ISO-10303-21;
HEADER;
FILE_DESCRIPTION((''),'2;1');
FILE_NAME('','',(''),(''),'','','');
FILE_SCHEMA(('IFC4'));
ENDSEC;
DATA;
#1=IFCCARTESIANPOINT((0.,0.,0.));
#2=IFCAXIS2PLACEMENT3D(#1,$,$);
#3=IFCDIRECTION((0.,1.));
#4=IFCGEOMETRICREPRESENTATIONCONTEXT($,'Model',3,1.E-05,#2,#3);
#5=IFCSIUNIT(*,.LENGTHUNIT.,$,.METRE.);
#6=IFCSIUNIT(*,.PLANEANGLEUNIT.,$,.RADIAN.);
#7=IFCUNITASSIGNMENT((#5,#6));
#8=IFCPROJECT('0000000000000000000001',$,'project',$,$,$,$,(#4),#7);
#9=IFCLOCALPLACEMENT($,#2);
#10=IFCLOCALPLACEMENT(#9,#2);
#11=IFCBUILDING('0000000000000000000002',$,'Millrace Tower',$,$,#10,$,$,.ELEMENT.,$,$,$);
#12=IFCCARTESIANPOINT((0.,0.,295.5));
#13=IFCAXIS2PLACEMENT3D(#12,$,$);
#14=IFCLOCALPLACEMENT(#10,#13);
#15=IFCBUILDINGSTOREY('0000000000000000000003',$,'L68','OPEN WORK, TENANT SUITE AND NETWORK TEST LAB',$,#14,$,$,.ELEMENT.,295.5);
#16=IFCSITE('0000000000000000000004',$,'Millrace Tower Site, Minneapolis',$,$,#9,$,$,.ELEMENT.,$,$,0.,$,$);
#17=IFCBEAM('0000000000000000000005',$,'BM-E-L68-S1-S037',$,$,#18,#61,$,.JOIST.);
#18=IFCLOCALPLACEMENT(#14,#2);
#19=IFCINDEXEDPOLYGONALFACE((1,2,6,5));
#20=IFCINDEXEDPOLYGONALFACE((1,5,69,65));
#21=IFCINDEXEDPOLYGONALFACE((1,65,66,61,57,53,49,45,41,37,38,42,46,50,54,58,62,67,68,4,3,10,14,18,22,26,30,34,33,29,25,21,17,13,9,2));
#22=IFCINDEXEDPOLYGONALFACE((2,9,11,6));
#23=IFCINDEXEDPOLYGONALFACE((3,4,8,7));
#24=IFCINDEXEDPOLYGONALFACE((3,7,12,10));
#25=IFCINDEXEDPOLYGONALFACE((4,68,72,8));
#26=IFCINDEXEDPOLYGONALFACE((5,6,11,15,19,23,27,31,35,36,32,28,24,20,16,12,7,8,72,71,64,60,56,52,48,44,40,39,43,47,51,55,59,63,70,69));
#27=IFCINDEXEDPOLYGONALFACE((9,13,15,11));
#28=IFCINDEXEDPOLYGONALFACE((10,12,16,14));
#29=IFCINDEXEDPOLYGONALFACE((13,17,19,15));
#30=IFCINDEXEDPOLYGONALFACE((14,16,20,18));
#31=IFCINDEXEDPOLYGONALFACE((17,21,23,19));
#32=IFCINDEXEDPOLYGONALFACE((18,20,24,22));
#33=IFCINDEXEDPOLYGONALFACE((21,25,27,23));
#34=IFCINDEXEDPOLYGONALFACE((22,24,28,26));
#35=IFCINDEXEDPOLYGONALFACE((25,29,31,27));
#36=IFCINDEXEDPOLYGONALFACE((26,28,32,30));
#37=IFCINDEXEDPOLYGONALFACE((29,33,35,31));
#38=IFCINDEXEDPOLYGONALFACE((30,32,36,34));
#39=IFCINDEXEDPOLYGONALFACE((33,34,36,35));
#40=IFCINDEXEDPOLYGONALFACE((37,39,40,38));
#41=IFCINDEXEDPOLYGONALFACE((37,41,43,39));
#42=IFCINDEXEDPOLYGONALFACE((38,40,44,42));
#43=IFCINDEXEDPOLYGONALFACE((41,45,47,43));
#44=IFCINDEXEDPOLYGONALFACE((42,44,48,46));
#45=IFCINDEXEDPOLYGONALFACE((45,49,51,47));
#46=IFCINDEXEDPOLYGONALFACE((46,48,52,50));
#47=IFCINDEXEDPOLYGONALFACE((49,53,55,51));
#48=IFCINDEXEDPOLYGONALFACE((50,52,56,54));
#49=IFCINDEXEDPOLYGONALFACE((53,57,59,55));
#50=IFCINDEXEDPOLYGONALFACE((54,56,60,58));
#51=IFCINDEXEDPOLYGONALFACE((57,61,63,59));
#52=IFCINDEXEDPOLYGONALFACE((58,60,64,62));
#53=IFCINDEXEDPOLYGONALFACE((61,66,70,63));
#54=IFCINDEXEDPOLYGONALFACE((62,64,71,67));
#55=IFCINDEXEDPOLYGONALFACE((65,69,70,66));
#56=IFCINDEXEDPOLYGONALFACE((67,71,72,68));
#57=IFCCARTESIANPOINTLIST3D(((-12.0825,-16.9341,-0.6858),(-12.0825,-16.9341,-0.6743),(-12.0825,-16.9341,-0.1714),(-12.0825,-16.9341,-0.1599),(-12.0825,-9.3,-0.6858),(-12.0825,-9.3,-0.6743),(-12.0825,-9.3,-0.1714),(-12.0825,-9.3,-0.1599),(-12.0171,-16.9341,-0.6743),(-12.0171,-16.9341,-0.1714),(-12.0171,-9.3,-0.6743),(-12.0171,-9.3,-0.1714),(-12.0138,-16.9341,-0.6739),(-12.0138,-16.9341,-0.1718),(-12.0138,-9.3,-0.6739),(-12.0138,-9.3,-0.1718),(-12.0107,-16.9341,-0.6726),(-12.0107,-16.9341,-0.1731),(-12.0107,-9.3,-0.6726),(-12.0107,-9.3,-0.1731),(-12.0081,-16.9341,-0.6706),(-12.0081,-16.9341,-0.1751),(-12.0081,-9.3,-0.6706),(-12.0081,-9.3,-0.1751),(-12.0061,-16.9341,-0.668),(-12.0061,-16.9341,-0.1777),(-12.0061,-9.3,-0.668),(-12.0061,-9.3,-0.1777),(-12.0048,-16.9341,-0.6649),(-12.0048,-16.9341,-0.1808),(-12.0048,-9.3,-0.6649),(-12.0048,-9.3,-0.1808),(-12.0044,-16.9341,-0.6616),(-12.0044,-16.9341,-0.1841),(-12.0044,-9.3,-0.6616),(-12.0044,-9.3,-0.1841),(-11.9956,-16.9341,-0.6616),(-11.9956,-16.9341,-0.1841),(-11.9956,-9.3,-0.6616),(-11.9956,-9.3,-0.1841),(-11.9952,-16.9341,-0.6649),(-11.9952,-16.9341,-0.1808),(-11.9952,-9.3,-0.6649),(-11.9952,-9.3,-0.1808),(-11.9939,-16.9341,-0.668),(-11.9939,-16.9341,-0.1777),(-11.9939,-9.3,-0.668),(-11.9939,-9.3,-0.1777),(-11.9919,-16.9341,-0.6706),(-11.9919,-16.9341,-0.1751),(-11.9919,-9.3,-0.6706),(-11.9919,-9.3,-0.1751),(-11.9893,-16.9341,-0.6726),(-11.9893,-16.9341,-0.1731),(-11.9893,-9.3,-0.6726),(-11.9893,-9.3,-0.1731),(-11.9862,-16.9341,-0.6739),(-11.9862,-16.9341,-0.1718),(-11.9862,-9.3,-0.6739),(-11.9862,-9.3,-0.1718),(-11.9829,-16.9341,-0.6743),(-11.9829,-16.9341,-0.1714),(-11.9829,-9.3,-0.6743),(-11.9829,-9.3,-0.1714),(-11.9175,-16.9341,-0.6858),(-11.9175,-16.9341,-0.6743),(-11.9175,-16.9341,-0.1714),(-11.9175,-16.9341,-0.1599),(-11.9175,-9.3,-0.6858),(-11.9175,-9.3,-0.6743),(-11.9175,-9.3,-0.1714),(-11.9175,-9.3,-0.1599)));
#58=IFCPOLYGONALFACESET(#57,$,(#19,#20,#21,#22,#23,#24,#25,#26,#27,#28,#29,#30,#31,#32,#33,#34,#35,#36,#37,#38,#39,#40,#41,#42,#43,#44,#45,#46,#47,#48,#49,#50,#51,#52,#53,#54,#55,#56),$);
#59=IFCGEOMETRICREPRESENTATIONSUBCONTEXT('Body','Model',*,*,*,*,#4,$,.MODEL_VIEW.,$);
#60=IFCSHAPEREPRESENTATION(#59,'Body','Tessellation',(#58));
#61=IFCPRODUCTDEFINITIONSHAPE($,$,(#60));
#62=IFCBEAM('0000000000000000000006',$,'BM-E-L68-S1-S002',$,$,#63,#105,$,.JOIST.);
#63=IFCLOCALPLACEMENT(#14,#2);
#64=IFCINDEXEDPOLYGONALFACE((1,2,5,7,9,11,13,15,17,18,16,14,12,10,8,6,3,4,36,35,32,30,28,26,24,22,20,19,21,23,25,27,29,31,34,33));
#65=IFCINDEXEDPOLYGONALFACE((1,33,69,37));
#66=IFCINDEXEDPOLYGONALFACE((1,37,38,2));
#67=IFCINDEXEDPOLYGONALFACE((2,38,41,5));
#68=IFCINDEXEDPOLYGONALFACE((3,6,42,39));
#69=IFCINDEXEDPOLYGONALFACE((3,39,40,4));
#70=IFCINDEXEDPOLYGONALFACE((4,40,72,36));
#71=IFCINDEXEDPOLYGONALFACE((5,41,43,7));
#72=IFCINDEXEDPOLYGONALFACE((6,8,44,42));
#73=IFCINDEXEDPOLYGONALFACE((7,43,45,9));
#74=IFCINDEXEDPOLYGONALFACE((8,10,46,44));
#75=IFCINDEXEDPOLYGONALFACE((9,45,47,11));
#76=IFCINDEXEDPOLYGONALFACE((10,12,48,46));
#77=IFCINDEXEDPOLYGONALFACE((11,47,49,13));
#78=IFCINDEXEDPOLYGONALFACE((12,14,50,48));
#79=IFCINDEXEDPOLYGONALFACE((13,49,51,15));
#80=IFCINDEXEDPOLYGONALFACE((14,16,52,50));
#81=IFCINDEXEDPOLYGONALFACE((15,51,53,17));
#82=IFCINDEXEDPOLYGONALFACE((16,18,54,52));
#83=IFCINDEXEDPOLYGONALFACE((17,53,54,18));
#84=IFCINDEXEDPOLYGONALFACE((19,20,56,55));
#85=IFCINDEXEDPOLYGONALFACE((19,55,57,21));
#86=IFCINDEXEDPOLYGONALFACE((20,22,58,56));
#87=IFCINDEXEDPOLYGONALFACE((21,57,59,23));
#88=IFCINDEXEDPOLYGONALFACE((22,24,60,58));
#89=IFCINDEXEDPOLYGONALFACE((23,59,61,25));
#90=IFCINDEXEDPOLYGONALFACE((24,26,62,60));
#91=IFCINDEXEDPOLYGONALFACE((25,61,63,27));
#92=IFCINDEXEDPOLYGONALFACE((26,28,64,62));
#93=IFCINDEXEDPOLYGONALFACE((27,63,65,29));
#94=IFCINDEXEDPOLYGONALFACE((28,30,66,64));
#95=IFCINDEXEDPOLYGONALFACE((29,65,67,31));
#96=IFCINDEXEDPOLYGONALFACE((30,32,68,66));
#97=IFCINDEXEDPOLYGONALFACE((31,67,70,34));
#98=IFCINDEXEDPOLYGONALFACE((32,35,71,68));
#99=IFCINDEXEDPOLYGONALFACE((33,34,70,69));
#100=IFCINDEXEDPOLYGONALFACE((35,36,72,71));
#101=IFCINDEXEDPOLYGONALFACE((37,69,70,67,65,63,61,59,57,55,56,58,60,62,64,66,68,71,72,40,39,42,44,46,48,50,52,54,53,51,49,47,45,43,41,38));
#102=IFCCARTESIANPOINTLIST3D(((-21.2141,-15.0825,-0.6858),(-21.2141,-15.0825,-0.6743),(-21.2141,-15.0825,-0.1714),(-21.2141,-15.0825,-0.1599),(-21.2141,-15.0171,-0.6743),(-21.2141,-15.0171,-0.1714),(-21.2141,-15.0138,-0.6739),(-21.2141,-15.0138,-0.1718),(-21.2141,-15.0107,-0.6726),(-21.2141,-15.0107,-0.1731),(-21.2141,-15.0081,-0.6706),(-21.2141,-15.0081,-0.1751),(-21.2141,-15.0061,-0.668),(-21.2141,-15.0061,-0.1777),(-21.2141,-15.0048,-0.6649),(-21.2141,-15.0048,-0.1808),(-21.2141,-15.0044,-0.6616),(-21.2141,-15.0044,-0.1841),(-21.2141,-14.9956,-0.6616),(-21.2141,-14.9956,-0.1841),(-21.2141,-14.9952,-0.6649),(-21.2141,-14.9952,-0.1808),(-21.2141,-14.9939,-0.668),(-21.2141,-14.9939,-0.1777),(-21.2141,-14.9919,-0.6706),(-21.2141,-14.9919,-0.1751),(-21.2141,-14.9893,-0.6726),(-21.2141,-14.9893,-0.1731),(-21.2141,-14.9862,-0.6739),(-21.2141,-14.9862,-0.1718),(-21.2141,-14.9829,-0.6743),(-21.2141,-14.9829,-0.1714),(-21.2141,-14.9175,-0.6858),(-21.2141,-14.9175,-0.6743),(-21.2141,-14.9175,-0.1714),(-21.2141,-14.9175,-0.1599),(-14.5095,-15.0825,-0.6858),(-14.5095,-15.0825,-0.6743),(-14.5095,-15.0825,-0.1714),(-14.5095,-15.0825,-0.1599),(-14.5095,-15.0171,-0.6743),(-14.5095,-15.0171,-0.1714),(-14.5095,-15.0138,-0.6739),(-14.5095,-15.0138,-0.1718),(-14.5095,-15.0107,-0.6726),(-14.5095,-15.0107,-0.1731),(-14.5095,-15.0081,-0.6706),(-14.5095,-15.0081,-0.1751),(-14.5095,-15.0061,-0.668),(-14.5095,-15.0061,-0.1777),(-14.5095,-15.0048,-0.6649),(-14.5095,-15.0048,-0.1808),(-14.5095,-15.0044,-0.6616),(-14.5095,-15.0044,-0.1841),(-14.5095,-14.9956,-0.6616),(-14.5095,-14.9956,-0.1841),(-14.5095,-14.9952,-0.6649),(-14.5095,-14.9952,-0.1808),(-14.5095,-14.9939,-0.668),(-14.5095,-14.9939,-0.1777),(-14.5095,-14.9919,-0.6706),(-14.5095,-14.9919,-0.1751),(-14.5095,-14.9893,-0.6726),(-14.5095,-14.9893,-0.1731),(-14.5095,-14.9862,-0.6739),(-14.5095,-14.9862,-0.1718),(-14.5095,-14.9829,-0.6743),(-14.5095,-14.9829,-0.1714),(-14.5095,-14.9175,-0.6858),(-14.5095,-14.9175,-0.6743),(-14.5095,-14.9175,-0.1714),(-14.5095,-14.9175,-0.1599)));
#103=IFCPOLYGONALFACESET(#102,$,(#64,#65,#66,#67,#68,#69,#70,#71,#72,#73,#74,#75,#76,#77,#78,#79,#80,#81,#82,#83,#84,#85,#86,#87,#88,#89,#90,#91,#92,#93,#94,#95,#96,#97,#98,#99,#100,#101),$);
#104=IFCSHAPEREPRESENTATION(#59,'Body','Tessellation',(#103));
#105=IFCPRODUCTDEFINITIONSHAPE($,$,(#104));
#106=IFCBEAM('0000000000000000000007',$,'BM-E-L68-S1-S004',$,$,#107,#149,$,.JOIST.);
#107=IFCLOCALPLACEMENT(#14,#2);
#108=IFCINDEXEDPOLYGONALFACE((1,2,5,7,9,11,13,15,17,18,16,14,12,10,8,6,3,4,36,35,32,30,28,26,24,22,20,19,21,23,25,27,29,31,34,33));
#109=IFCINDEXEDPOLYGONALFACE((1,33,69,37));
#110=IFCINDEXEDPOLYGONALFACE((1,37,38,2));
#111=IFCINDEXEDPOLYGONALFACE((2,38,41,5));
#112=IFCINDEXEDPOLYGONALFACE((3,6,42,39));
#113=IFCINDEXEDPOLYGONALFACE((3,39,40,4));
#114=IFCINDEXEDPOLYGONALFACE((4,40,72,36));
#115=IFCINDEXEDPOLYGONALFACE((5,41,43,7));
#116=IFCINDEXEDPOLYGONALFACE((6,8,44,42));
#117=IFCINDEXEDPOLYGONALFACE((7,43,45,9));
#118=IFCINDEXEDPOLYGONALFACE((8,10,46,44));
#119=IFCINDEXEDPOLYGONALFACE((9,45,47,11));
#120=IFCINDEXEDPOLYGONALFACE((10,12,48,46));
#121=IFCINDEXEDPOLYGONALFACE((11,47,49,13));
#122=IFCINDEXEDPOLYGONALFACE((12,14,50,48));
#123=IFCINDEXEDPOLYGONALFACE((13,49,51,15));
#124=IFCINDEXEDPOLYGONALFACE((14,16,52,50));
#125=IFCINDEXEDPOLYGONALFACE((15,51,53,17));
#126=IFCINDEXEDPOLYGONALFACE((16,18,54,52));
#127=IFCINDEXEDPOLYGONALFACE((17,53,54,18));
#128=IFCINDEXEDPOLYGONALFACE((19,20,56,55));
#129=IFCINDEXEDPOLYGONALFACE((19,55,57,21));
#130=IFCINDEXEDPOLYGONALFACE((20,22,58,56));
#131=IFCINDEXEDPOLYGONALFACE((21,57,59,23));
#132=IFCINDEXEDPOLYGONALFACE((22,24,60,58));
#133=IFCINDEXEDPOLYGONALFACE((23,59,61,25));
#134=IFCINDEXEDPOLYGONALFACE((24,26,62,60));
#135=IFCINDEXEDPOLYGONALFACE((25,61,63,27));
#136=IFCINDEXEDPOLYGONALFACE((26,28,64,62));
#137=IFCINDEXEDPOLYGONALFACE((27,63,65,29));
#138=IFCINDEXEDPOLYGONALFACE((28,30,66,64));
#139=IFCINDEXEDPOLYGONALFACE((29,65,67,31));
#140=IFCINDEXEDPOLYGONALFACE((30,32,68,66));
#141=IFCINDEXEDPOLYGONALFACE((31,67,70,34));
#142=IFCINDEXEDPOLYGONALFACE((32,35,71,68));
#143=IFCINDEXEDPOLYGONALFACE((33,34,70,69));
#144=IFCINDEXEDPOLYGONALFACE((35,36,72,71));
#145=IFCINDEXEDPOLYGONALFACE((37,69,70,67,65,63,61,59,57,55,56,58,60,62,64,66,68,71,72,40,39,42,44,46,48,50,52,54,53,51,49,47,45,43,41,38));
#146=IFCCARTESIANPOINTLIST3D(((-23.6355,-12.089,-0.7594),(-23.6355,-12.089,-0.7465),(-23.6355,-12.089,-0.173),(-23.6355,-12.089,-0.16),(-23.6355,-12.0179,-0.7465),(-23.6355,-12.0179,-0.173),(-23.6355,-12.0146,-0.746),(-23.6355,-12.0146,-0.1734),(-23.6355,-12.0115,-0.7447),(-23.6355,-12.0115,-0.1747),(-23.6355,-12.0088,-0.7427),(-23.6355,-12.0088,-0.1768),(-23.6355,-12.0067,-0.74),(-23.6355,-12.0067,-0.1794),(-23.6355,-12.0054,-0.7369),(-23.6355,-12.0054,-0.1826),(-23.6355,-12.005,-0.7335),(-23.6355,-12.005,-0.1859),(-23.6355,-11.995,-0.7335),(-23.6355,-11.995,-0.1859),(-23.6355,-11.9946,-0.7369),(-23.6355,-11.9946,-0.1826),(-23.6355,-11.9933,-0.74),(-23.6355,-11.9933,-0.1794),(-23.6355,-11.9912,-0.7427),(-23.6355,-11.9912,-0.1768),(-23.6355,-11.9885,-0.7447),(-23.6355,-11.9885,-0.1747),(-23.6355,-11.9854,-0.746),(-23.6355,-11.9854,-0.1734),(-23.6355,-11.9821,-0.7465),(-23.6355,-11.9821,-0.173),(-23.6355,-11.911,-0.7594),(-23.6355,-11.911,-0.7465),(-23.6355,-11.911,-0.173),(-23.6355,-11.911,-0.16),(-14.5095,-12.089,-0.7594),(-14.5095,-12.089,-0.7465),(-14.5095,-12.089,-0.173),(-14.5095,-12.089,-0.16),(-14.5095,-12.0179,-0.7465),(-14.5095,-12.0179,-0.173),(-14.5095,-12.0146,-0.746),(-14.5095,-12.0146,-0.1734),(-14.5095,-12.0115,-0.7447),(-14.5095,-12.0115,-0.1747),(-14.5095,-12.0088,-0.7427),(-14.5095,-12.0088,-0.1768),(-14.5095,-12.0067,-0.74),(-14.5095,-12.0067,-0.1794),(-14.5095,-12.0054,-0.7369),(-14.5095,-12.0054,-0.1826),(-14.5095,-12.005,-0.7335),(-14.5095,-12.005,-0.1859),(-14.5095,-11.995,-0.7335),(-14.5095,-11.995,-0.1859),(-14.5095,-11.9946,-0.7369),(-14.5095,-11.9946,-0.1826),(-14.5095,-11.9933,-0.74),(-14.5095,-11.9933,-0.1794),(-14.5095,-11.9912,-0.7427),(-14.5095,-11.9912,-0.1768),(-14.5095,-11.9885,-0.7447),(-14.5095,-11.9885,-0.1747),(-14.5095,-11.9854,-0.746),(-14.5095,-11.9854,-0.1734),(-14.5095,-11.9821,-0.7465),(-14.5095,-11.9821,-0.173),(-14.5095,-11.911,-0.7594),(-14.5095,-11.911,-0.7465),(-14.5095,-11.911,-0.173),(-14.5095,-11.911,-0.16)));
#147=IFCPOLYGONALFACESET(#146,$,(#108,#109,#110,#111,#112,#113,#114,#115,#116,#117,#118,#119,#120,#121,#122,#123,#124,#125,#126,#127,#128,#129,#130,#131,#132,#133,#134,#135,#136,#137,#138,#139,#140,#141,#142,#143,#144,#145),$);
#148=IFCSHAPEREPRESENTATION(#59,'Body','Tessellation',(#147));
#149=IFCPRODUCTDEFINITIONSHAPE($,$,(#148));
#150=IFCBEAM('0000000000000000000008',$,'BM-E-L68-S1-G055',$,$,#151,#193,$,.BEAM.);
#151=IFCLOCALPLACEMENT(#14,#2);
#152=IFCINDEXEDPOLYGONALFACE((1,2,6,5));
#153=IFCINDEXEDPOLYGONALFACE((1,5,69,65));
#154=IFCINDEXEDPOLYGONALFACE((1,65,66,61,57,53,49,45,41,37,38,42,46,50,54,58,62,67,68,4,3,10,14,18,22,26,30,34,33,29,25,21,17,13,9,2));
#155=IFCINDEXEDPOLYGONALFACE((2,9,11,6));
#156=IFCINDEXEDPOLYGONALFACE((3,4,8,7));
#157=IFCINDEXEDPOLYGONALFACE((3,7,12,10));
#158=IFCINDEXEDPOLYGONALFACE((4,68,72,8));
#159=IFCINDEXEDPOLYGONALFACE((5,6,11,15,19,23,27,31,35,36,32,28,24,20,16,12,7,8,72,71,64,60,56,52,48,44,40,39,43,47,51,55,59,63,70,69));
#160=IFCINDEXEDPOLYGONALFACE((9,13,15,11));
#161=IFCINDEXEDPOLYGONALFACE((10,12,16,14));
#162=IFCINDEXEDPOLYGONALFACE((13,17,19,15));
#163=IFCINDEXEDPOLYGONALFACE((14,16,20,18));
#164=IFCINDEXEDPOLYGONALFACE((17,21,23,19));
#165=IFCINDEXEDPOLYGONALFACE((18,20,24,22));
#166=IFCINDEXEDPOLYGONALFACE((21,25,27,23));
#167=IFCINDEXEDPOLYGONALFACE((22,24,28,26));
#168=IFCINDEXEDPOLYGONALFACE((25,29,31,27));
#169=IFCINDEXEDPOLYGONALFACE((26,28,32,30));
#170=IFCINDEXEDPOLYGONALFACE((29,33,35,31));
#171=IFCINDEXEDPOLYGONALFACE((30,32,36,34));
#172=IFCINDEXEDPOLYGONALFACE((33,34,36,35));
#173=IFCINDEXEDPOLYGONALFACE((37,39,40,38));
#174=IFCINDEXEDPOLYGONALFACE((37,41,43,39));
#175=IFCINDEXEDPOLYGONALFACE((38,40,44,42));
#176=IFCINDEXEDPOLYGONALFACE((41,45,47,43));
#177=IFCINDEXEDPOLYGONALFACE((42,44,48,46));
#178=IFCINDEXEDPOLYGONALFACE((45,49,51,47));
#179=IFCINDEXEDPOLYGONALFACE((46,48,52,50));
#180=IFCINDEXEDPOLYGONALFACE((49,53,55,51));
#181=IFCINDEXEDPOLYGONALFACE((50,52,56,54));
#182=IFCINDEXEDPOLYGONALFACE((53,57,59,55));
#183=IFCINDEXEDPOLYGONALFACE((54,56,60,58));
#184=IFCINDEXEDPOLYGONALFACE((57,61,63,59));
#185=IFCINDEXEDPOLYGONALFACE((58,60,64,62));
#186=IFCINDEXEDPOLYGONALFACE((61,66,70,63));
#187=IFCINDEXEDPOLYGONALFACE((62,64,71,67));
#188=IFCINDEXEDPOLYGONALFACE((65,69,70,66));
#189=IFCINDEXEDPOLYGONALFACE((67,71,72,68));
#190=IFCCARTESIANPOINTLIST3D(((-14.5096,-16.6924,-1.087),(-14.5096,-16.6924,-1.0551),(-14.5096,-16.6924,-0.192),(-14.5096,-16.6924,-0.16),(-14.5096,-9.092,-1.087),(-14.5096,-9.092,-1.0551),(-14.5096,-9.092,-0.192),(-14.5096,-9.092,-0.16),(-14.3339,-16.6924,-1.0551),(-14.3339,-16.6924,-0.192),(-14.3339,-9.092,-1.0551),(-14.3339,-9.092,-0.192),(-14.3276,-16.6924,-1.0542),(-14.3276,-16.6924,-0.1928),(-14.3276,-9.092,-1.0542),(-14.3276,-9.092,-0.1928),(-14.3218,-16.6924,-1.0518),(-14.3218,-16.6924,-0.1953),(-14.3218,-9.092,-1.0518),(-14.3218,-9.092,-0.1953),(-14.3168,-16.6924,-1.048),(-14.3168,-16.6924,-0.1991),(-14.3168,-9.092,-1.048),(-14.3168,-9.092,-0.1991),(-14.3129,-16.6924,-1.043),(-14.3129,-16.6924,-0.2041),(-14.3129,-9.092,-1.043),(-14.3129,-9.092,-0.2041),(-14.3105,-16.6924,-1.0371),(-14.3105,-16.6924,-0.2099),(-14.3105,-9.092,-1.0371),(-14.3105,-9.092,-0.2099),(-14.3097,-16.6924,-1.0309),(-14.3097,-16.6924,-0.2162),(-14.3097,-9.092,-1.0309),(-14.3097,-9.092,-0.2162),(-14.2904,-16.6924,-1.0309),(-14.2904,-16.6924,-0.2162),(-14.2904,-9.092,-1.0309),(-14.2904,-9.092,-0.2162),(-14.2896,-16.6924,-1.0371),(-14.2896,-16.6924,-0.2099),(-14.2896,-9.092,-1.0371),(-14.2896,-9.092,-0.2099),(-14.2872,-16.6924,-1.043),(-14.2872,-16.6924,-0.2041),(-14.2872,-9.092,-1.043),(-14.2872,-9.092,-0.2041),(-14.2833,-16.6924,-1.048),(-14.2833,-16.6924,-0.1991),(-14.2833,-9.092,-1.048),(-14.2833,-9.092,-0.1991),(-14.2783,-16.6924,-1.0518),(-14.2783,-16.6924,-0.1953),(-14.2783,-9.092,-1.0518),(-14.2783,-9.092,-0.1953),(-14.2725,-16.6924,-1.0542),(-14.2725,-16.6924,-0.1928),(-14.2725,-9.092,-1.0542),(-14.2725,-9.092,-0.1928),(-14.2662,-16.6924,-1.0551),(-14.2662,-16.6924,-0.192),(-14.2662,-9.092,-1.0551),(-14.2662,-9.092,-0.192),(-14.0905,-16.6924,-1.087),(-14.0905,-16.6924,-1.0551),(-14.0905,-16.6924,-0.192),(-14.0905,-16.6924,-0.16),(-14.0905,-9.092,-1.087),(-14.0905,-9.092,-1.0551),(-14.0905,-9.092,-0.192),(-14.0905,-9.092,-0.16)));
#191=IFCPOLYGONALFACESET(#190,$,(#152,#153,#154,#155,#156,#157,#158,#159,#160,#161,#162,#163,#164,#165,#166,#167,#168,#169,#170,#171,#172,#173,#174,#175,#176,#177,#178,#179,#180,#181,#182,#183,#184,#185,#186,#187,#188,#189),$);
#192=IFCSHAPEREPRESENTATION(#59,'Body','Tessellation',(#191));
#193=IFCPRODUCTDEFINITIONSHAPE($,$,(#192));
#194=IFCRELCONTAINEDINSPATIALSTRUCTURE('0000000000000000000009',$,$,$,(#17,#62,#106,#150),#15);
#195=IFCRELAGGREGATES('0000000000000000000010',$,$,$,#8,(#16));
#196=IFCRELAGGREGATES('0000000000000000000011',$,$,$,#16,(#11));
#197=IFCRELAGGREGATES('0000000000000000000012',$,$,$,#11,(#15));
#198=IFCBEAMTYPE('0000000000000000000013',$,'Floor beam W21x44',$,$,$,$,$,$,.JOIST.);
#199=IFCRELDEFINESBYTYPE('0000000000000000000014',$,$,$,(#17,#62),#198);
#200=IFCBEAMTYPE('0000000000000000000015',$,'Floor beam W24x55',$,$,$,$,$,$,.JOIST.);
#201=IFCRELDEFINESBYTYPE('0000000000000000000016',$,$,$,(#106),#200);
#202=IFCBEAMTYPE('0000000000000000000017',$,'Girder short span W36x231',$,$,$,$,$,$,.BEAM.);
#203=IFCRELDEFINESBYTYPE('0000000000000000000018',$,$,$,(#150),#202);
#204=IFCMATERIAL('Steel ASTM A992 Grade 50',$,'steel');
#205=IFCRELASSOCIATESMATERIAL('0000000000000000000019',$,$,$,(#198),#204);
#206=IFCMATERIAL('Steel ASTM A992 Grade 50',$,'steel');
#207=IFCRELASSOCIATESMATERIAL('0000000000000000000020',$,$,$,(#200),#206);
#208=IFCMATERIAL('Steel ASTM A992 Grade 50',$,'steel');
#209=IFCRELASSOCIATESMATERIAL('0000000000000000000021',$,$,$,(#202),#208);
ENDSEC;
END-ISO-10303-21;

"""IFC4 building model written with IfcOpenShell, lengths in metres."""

from ifc_helpers import new_model, si_unit, direction, frame, origin, origin_2d, place, context, subcontext, project, spatial, i_section, extrude, material, material_profile, profile_set, type_object, element, save


model = new_model("IFC4")

# Units and contexts
model_context = context("Model", 3, precision=1e-05, world=origin(), true_north=direction((0.0, 1.0)))
body_context = subcontext(model_context, "Body", "Model", "MODEL_VIEW")
ifc_project = project(units=[si_unit("LENGTHUNIT", "METRE"), si_unit("PLANEANGLEUNIT", "RADIAN")], contexts=[model_context])

# Site, building, storey
site_placement = place(None, origin())
site = spatial("IfcSite", under=ifc_project, at=site_placement, Name="Millrace Tower Site, Minneapolis", CompositionType="ELEMENT", RefElevation=0.0)
building_placement = place(site_placement, origin())
building = spatial("IfcBuilding", under=site, at=building_placement, Name="Millrace Tower", CompositionType="ELEMENT")
storey_placement = place(building_placement, frame((0.0, 0.0, 295.5)))
storey = spatial("IfcBuildingStorey", under=building, at=storey_placement, Name="L68", Description="OPEN WORK, TENANT SUITE AND NETWORK TEST LAB", CompositionType="ELEMENT", Elevation=295.5)

# Beams
ifc_material_1 = material(Name="Steel ASTM A992 Grade 50", Category="steel")
ifc_material_profile_1 = material_profile(ifc_material_1, i_section(OverallWidth=0.165, OverallDepth=0.5259, WebThickness=0.0088, FlangeThickness=0.0115, FilletRadius=0.0127, at=origin_2d()))
ifc_profile_set_1 = profile_set([ifc_material_profile_1], Name="Steel ASTM A992 Grade 50")
beam_type_1 = type_object("IfcBeamType", Name="Floor beam W21x44", PredefinedType="JOIST", material=ifc_profile_set_1)
beam_1_placement = place(storey_placement, frame((-12.0, -16.9341, -0.4229), z_axis=(0.0, 1.0, 0.0), x_axis=(-1.0, 0.0, 0.0)))
element("IfcBeam", 1, at=beam_1_placement, inside=storey, type_object=beam_type_1, Name="BM-E-L68-S1-S037", PredefinedType="JOIST", context=body_context, shape_type="SweptSolid", body=[
    extrude(i_section(OverallWidth=0.165, OverallDepth=0.5259, WebThickness=0.0088, FlangeThickness=0.0115, FilletRadius=0.0127, at=origin_2d()), origin(), (0.0, 0.0, 1.0), 7.634),
])
beam_2_placement = place(storey_placement, frame((-21.2141, -15.0, -0.4229), z_axis=(1.0, 0.0, 0.0), x_axis=(0.0, 1.0, 0.0)))
element("IfcBeam", 2, at=beam_2_placement, inside=storey, type_object=beam_type_1, Name="BM-E-L68-S1-S002", PredefinedType="JOIST", context=body_context, shape_type="SweptSolid", body=[
    extrude(i_section(OverallWidth=0.165, OverallDepth=0.5259, WebThickness=0.0088, FlangeThickness=0.0115, FilletRadius=0.0127, at=origin_2d()), origin(), (0.0, 0.0, 1.0), 6.7046),
])
ifc_material_2 = material(Name="Steel ASTM A992 Grade 50", Category="steel")
ifc_material_profile_2 = material_profile(ifc_material_2, i_section(OverallWidth=0.178, OverallDepth=0.5994, WebThickness=0.01, FlangeThickness=0.0129, FilletRadius=0.0129, at=origin_2d()))
ifc_profile_set_2 = profile_set([ifc_material_profile_2], Name="Steel ASTM A992 Grade 50")
beam_type_2 = type_object("IfcBeamType", Name="Floor beam W24x55", PredefinedType="JOIST", material=ifc_profile_set_2)
beam_3_placement = place(storey_placement, frame((-23.6355, -12.0, -0.4597), z_axis=(1.0, 0.0, 0.0), x_axis=(0.0, 1.0, 0.0)))
element("IfcBeam", 3, at=beam_3_placement, inside=storey, type_object=beam_type_2, Name="BM-E-L68-S1-S004", PredefinedType="JOIST", context=body_context, shape_type="SweptSolid", body=[
    extrude(i_section(OverallWidth=0.178, OverallDepth=0.5994, WebThickness=0.01, FlangeThickness=0.0129, FilletRadius=0.0129, at=origin_2d()), origin(), (0.0, 0.0, 1.0), 9.126),
])
ifc_material_3 = material(Name="Steel ASTM A992 Grade 50", Category="steel")
ifc_material_profile_3 = material_profile(ifc_material_3, i_section(OverallWidth=0.4192, OverallDepth=0.927, WebThickness=0.0193, FlangeThickness=0.032, FilletRadius=0.0242, at=origin_2d()))
ifc_profile_set_3 = profile_set([ifc_material_profile_3], Name="Steel ASTM A992 Grade 50")
beam_type_3 = type_object("IfcBeamType", Name="Girder short span W36x231", PredefinedType="BEAM", material=ifc_profile_set_3)
beam_4_placement = place(storey_placement, frame((-14.3, -16.6924, -0.6235), z_axis=(0.0, 1.0, 0.0), x_axis=(-1.0, 0.0, 0.0)))
element("IfcBeam", 4, at=beam_4_placement, inside=storey, type_object=beam_type_3, Name="BM-E-L68-S1-G055", PredefinedType="BEAM", context=body_context, shape_type="SweptSolid", body=[
    extrude(i_section(OverallWidth=0.4192, OverallDepth=0.927, WebThickness=0.0193, FlangeThickness=0.032, FilletRadius=0.0242, at=origin_2d()), origin(), (0.0, 0.0, 1.0), 7.6003),
])

save(model, "model.ifc")
